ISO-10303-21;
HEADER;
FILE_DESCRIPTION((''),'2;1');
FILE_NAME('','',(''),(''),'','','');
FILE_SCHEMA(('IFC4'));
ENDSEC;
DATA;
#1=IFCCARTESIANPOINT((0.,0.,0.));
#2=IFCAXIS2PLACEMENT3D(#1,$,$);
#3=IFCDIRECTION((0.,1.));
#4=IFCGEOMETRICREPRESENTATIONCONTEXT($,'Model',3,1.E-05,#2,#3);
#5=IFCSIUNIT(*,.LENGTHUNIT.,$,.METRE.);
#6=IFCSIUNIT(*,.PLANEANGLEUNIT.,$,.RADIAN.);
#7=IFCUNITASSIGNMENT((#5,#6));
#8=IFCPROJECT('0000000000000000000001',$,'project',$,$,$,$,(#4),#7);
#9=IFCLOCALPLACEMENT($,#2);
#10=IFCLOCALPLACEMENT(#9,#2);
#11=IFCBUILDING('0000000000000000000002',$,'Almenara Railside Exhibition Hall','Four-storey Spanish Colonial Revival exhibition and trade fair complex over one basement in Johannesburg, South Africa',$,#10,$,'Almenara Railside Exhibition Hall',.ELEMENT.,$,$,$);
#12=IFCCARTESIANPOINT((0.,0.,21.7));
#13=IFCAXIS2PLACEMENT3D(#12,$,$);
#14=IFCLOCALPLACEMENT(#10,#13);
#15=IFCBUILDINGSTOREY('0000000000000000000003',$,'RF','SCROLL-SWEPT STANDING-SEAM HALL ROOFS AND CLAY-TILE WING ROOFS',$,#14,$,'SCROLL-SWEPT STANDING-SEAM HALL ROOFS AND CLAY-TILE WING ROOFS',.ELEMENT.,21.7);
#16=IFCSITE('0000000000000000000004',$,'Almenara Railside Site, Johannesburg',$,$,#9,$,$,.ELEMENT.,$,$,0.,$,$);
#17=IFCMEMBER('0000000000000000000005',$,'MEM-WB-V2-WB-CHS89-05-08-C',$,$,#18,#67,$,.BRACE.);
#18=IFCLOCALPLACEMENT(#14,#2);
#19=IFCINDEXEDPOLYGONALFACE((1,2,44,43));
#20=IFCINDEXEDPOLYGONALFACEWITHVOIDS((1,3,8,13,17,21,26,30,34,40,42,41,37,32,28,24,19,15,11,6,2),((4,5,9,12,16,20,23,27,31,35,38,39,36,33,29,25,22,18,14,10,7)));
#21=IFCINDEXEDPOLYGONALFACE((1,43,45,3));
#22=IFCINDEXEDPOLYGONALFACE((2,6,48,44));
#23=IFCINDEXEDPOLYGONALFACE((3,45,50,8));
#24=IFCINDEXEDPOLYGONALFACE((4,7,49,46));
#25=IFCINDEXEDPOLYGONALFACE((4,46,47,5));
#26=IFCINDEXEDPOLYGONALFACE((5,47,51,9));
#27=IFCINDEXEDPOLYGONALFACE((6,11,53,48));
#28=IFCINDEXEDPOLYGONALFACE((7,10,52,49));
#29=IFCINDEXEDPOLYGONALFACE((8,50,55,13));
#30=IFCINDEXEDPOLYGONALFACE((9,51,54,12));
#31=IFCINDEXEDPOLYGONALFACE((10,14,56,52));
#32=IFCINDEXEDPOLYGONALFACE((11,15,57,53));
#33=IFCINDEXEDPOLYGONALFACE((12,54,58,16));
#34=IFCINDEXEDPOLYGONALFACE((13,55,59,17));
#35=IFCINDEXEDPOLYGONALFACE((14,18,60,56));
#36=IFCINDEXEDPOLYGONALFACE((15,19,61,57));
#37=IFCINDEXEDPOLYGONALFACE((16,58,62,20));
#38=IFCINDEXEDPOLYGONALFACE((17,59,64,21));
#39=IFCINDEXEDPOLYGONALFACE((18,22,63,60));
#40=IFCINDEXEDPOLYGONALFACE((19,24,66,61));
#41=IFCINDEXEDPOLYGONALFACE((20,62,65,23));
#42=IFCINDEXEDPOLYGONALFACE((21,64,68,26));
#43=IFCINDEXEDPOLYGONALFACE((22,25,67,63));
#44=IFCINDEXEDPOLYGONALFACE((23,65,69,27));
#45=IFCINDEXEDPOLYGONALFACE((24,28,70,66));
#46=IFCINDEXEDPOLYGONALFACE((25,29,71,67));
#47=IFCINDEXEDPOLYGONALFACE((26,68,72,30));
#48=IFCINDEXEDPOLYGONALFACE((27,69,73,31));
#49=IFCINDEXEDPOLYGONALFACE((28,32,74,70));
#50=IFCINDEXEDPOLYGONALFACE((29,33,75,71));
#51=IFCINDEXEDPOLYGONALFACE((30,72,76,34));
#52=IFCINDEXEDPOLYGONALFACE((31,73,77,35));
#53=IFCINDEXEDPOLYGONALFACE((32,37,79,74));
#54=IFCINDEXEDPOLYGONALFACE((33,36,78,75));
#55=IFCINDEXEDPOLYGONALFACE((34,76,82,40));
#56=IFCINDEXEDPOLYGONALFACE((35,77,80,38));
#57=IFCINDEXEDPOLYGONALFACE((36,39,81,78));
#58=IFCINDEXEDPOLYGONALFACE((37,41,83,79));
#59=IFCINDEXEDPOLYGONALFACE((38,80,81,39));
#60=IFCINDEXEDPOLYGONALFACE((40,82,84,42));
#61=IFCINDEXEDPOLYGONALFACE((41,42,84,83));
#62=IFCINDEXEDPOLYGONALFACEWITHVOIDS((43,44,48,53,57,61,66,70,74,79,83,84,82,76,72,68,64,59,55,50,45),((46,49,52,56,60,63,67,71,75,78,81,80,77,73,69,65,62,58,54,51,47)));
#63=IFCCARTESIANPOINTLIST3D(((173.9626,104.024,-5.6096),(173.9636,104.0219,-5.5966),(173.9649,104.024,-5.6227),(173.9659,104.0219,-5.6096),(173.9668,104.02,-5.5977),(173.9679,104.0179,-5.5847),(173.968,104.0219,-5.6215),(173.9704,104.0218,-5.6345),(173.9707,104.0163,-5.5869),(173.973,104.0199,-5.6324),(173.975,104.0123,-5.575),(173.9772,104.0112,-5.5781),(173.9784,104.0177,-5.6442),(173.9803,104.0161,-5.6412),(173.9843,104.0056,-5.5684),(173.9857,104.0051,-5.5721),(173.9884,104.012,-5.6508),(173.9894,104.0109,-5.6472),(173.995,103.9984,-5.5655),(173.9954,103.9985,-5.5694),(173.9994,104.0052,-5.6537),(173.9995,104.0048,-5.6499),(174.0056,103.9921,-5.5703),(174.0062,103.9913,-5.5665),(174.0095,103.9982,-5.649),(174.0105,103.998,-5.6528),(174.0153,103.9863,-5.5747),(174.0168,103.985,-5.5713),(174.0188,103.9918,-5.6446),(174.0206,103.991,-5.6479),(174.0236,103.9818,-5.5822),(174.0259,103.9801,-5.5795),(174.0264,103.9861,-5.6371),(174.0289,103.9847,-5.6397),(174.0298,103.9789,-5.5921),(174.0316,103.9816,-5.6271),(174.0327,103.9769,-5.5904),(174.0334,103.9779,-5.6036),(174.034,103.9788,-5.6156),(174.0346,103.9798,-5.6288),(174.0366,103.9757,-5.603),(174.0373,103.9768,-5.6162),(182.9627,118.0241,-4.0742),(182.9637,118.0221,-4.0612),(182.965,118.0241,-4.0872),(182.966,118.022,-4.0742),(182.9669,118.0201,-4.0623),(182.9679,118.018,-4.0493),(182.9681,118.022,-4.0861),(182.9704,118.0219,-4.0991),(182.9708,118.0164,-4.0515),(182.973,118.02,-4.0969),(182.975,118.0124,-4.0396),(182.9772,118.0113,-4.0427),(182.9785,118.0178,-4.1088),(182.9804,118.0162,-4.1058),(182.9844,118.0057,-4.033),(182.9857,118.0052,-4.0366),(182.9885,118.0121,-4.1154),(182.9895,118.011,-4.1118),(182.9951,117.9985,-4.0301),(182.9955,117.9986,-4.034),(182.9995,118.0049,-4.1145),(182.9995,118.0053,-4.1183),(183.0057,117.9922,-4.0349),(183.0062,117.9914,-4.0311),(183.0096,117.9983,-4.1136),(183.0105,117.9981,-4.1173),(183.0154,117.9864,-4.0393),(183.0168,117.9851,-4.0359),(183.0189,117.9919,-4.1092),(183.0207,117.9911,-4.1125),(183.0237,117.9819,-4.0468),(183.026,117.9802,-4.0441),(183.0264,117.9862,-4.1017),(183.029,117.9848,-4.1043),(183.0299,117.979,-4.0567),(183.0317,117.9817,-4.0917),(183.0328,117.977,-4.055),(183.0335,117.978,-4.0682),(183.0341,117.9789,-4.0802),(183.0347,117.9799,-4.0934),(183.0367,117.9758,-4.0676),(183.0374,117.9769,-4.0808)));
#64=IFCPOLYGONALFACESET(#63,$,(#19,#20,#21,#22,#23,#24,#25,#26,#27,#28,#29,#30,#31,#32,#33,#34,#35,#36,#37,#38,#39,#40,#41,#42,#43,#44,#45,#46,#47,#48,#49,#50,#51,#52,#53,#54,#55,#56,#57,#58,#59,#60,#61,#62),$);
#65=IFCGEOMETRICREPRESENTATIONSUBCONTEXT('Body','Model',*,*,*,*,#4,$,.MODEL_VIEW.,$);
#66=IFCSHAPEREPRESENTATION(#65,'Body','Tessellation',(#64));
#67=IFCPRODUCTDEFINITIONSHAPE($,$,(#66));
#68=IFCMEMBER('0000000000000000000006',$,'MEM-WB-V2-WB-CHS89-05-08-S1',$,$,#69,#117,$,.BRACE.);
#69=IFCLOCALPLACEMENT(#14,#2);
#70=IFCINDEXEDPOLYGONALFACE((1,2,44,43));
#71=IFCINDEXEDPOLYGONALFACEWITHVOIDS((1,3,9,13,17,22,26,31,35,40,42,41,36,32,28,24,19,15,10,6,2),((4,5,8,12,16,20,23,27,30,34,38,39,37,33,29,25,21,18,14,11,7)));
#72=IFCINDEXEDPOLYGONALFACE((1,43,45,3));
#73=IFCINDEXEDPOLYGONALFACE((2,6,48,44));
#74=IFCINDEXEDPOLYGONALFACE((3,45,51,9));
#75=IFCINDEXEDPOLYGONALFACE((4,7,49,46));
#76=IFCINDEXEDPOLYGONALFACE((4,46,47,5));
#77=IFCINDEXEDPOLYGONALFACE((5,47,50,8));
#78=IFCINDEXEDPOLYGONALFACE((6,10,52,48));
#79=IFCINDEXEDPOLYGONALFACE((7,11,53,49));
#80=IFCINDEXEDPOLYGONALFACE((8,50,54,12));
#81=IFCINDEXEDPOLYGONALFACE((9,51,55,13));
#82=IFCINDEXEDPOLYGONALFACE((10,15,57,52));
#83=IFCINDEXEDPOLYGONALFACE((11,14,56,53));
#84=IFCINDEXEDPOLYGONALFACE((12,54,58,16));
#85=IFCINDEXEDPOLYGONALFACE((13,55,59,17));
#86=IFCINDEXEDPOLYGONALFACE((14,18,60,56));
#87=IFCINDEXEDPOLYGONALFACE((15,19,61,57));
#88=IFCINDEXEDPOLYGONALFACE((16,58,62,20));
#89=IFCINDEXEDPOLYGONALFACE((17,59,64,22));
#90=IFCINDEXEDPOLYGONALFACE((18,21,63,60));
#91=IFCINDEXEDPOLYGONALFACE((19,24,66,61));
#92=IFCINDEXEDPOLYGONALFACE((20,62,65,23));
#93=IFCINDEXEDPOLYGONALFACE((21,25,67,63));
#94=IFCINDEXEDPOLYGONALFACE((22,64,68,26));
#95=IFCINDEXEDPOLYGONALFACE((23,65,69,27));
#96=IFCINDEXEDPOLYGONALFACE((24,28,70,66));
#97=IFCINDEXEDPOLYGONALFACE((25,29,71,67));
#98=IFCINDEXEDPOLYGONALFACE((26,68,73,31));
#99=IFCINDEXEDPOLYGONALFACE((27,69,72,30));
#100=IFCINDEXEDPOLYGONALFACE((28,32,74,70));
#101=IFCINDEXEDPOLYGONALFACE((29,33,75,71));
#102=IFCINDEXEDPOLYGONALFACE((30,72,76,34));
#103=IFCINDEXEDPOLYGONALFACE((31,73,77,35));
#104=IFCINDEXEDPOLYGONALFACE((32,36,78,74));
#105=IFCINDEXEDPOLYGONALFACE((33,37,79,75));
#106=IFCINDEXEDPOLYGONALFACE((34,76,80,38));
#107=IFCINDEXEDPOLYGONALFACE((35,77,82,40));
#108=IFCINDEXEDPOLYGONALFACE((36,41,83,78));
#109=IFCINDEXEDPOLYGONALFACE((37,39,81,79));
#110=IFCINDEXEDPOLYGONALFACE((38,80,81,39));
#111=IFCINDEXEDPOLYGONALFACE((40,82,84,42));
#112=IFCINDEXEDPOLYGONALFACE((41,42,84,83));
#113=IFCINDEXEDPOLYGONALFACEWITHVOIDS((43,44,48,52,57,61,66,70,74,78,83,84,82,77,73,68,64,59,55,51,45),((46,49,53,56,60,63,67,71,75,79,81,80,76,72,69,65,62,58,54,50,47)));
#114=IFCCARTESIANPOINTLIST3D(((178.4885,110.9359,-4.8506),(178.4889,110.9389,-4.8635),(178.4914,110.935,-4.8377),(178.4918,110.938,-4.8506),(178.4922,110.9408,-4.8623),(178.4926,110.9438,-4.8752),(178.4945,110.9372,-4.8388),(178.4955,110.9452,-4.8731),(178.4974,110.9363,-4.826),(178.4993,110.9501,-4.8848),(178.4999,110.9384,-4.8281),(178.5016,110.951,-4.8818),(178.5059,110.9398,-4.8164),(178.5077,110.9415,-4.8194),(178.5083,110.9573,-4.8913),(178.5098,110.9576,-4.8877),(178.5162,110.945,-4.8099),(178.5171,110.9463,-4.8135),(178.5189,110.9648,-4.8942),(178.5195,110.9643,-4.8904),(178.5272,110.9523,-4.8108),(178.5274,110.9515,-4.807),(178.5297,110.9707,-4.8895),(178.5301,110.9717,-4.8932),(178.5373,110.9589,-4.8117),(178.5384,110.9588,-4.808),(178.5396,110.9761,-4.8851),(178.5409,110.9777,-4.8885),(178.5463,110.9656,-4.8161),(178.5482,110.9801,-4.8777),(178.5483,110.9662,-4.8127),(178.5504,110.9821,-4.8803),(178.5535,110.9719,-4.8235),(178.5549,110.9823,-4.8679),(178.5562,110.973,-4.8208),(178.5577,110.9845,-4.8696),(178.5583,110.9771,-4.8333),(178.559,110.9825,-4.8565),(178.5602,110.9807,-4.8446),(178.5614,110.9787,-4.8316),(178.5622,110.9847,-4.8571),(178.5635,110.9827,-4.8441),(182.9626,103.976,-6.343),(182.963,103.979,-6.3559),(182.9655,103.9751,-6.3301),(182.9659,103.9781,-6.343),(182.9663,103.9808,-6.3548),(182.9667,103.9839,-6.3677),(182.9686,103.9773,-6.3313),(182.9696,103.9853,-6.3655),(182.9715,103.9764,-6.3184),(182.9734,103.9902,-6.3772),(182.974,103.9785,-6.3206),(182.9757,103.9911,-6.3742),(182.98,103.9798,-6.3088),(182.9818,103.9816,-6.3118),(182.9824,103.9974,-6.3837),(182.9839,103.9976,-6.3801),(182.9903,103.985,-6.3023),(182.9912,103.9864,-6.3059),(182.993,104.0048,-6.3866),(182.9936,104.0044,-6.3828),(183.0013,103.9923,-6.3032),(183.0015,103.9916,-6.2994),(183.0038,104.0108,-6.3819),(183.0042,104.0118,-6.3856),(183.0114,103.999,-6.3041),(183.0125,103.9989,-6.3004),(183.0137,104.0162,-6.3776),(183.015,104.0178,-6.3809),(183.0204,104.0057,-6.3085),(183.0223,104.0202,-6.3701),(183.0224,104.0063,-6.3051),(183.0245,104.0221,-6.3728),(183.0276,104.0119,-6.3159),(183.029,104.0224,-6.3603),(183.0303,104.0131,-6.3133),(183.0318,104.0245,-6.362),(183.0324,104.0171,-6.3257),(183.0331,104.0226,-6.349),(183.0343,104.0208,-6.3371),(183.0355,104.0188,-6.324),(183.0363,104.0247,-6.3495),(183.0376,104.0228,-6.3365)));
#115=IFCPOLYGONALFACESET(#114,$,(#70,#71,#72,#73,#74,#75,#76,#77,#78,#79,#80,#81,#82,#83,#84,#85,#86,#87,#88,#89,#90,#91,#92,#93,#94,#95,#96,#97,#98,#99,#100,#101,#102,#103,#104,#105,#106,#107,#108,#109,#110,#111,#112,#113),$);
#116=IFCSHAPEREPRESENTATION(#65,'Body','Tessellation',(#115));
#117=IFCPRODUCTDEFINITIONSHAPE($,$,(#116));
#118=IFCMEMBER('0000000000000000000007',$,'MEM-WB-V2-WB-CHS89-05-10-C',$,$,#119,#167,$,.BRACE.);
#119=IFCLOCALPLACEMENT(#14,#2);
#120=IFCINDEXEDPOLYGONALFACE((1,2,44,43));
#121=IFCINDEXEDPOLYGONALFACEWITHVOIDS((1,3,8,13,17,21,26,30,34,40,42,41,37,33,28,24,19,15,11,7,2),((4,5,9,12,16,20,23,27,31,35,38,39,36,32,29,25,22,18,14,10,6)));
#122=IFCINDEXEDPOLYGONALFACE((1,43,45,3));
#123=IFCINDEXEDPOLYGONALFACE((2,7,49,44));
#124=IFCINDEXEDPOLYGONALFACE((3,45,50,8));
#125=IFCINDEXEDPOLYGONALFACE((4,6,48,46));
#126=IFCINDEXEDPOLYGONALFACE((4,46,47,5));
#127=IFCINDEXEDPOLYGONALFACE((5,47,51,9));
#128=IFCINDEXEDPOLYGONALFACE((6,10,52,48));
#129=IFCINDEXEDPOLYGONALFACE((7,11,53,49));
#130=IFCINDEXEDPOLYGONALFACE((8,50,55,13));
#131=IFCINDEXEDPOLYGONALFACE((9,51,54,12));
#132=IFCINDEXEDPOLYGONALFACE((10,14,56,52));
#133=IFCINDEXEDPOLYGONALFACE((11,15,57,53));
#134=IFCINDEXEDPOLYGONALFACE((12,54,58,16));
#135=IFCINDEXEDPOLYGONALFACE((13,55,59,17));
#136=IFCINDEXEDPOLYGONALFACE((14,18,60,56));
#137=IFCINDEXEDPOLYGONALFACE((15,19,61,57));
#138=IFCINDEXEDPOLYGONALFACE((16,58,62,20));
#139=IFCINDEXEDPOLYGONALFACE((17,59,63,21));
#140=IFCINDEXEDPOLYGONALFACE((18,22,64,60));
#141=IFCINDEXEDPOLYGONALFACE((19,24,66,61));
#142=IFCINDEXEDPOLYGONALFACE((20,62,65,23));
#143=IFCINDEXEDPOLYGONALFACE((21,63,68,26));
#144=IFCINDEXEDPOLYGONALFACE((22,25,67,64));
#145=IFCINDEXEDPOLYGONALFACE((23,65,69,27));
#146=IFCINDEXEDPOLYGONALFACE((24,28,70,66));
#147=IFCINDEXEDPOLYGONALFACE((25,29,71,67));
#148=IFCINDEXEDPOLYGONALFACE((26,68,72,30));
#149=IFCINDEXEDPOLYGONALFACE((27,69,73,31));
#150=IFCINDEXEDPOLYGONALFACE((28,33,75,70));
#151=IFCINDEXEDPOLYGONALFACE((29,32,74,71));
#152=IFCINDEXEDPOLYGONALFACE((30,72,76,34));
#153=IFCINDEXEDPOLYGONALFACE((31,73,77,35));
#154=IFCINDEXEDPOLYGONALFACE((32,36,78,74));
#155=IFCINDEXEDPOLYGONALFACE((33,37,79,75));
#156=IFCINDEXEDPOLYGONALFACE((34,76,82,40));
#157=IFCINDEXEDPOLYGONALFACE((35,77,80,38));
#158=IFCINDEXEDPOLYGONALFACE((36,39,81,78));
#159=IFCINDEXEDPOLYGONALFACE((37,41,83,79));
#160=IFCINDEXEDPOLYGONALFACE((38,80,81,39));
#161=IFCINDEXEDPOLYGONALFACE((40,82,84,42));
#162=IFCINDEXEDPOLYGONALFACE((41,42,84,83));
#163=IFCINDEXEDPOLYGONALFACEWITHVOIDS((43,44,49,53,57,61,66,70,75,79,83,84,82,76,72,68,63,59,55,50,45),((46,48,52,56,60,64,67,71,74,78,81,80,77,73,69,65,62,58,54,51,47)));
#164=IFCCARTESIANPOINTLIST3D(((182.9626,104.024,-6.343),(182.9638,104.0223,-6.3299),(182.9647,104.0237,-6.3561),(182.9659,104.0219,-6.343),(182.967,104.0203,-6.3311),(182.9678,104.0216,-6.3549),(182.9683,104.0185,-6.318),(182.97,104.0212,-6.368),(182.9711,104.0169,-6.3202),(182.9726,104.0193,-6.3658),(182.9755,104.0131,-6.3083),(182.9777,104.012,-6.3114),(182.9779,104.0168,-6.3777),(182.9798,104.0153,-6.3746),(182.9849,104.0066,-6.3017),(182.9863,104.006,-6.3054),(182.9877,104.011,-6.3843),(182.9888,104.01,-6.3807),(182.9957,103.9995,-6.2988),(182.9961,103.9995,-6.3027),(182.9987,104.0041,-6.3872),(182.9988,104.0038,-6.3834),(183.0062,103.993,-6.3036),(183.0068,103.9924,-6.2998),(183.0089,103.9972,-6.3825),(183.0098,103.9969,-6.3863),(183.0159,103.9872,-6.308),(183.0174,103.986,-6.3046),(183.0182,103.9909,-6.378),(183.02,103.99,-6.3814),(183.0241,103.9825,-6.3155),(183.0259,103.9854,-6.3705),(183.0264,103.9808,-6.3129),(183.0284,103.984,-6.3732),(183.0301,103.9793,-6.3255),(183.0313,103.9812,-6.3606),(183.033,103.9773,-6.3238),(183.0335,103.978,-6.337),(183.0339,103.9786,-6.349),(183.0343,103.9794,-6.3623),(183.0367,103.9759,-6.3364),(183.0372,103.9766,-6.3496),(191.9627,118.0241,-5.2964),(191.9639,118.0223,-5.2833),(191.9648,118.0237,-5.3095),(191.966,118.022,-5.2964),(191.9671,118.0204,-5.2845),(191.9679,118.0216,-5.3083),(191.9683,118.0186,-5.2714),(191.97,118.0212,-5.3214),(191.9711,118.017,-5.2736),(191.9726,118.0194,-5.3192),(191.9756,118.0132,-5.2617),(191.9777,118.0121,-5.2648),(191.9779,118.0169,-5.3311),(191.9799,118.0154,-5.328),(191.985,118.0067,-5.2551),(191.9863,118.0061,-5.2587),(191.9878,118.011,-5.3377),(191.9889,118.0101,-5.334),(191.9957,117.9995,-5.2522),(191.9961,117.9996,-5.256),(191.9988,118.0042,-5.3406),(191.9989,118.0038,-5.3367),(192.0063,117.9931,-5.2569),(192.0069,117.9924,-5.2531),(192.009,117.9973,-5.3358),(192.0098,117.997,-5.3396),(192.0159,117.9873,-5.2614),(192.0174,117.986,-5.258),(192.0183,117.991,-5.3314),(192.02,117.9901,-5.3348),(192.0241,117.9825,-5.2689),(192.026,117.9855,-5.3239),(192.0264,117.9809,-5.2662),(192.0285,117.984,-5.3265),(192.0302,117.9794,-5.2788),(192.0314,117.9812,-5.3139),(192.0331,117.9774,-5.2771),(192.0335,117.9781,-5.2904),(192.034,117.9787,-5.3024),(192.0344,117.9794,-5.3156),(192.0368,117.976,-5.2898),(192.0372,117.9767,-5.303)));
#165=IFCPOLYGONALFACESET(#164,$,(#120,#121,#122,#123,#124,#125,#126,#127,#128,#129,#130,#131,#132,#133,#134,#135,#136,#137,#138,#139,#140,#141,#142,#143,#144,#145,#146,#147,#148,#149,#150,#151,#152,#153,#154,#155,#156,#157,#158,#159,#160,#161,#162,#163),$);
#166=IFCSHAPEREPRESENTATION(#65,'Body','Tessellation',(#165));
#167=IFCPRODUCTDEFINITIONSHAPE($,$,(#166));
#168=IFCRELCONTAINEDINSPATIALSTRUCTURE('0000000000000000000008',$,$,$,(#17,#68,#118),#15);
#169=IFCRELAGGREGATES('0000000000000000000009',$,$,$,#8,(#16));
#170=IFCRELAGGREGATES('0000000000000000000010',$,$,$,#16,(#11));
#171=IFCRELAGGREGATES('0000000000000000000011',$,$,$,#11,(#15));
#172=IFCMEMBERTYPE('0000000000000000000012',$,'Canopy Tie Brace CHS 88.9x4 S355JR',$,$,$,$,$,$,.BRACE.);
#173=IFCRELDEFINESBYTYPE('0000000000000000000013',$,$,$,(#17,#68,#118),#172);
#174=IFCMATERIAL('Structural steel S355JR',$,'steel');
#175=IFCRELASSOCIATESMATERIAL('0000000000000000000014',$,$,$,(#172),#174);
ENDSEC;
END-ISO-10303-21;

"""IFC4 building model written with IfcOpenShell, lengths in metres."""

from ifc_helpers import new_model, si_unit, direction, frame, origin, origin_2d, place, context, subcontext, project, spatial, hollow_circle, extrude, material, material_profile, profile_set, type_object, element, save


model = new_model("IFC4")

# Units and contexts
model_context = context("Model", 3, precision=1e-05, world=origin(), true_north=direction((0.0, 1.0)))
body_context = subcontext(model_context, "Body", "Model", "MODEL_VIEW")
ifc_project = project(units=[si_unit("LENGTHUNIT", "METRE"), si_unit("PLANEANGLEUNIT", "RADIAN")], contexts=[model_context])

# Site, building, storey
site_placement = place(None, origin())
site = spatial("IfcSite", under=ifc_project, at=site_placement, Name="Almenara Railside Site, Johannesburg", CompositionType="ELEMENT", RefElevation=0.0)
building_placement = place(site_placement, origin())
building = spatial("IfcBuilding", under=site, at=building_placement, Name="Almenara Railside Exhibition Hall", Description="Four-storey Spanish Colonial Revival exhibition and trade fair complex over one basement in Johannesburg, South Africa", LongName="Almenara Railside Exhibition Hall", CompositionType="ELEMENT")
storey_placement = place(building_placement, frame((0.0, 0.0, 21.7)))
storey = spatial("IfcBuildingStorey", under=building, at=storey_placement, Name="RF", Description="SCROLL-SWEPT STANDING-SEAM HALL ROOFS AND CLAY-TILE WING ROOFS", LongName="SCROLL-SWEPT STANDING-SEAM HALL ROOFS AND CLAY-TILE WING ROOFS", CompositionType="ELEMENT", Elevation=21.7)

# Members
ifc_material_1 = material(Name="Structural steel S355JR", Category="steel")
ifc_material_profile_1 = material_profile(ifc_material_1, hollow_circle(Radius=0.0444, WallThickness=0.0039, at=origin_2d()), Name="CHS 88.9x4")
ifc_profile_set_1 = profile_set([ifc_material_profile_1], Name="Structural steel S355JR")
member_type_1 = type_object("IfcMemberType", Name="Canopy Tie Brace CHS 88.9x4 S355JR", PredefinedType="BRACE", material=ifc_profile_set_1)
member_1_placement = place(storey_placement, frame((174.0, 104.0, -5.6096), z_axis=(0.538471, 0.837622, 0.091863), x_axis=(-0.841178, 0.540758, 0.0)))
element("IfcMember", 1, at=member_1_placement, inside=storey, type_object=member_type_1, Name="MEM-WB-V2-WB-CHS89-05-08-C", PredefinedType="BRACE", context=body_context, shape_type="SweptSolid", body=[
    extrude(hollow_circle(Radius=0.0444, WallThickness=0.0039, at=origin_2d()), origin(), (0.0, 0.0, 1.0), 16.7141),
])
member_2_placement = place(storey_placement, frame((183.0, 104.0, -6.343), z_axis=(-0.532158, 0.827827, 0.177512), x_axis=(-0.841186, -0.540746, 0.0)))
element("IfcMember", 2, at=member_2_placement, inside=storey, type_object=member_type_1, Name="MEM-WB-V2-WB-CHS89-05-08-S1", PredefinedType="BRACE", context=body_context, shape_type="SweptSolid", body=[
    extrude(hollow_circle(Radius=0.0444, WallThickness=0.0039, at=origin_2d()), origin(), (0.0, 0.0, 1.0), 8.4075),
])
member_3_placement = place(storey_placement, frame((183.0, 104.0, -6.343), z_axis=(0.539692, 0.83952, 0.062762), x_axis=(-0.841178, 0.540758, 0.0)))
element("IfcMember", 3, at=member_3_placement, inside=storey, type_object=member_type_1, Name="MEM-WB-V2-WB-CHS89-05-10-C", PredefinedType="BRACE", context=body_context, shape_type="SweptSolid", body=[
    extrude(hollow_circle(Radius=0.0444, WallThickness=0.0039, at=origin_2d()), origin(), (0.0, 0.0, 1.0), 16.6763),
])

save(model, "model.ifc")
